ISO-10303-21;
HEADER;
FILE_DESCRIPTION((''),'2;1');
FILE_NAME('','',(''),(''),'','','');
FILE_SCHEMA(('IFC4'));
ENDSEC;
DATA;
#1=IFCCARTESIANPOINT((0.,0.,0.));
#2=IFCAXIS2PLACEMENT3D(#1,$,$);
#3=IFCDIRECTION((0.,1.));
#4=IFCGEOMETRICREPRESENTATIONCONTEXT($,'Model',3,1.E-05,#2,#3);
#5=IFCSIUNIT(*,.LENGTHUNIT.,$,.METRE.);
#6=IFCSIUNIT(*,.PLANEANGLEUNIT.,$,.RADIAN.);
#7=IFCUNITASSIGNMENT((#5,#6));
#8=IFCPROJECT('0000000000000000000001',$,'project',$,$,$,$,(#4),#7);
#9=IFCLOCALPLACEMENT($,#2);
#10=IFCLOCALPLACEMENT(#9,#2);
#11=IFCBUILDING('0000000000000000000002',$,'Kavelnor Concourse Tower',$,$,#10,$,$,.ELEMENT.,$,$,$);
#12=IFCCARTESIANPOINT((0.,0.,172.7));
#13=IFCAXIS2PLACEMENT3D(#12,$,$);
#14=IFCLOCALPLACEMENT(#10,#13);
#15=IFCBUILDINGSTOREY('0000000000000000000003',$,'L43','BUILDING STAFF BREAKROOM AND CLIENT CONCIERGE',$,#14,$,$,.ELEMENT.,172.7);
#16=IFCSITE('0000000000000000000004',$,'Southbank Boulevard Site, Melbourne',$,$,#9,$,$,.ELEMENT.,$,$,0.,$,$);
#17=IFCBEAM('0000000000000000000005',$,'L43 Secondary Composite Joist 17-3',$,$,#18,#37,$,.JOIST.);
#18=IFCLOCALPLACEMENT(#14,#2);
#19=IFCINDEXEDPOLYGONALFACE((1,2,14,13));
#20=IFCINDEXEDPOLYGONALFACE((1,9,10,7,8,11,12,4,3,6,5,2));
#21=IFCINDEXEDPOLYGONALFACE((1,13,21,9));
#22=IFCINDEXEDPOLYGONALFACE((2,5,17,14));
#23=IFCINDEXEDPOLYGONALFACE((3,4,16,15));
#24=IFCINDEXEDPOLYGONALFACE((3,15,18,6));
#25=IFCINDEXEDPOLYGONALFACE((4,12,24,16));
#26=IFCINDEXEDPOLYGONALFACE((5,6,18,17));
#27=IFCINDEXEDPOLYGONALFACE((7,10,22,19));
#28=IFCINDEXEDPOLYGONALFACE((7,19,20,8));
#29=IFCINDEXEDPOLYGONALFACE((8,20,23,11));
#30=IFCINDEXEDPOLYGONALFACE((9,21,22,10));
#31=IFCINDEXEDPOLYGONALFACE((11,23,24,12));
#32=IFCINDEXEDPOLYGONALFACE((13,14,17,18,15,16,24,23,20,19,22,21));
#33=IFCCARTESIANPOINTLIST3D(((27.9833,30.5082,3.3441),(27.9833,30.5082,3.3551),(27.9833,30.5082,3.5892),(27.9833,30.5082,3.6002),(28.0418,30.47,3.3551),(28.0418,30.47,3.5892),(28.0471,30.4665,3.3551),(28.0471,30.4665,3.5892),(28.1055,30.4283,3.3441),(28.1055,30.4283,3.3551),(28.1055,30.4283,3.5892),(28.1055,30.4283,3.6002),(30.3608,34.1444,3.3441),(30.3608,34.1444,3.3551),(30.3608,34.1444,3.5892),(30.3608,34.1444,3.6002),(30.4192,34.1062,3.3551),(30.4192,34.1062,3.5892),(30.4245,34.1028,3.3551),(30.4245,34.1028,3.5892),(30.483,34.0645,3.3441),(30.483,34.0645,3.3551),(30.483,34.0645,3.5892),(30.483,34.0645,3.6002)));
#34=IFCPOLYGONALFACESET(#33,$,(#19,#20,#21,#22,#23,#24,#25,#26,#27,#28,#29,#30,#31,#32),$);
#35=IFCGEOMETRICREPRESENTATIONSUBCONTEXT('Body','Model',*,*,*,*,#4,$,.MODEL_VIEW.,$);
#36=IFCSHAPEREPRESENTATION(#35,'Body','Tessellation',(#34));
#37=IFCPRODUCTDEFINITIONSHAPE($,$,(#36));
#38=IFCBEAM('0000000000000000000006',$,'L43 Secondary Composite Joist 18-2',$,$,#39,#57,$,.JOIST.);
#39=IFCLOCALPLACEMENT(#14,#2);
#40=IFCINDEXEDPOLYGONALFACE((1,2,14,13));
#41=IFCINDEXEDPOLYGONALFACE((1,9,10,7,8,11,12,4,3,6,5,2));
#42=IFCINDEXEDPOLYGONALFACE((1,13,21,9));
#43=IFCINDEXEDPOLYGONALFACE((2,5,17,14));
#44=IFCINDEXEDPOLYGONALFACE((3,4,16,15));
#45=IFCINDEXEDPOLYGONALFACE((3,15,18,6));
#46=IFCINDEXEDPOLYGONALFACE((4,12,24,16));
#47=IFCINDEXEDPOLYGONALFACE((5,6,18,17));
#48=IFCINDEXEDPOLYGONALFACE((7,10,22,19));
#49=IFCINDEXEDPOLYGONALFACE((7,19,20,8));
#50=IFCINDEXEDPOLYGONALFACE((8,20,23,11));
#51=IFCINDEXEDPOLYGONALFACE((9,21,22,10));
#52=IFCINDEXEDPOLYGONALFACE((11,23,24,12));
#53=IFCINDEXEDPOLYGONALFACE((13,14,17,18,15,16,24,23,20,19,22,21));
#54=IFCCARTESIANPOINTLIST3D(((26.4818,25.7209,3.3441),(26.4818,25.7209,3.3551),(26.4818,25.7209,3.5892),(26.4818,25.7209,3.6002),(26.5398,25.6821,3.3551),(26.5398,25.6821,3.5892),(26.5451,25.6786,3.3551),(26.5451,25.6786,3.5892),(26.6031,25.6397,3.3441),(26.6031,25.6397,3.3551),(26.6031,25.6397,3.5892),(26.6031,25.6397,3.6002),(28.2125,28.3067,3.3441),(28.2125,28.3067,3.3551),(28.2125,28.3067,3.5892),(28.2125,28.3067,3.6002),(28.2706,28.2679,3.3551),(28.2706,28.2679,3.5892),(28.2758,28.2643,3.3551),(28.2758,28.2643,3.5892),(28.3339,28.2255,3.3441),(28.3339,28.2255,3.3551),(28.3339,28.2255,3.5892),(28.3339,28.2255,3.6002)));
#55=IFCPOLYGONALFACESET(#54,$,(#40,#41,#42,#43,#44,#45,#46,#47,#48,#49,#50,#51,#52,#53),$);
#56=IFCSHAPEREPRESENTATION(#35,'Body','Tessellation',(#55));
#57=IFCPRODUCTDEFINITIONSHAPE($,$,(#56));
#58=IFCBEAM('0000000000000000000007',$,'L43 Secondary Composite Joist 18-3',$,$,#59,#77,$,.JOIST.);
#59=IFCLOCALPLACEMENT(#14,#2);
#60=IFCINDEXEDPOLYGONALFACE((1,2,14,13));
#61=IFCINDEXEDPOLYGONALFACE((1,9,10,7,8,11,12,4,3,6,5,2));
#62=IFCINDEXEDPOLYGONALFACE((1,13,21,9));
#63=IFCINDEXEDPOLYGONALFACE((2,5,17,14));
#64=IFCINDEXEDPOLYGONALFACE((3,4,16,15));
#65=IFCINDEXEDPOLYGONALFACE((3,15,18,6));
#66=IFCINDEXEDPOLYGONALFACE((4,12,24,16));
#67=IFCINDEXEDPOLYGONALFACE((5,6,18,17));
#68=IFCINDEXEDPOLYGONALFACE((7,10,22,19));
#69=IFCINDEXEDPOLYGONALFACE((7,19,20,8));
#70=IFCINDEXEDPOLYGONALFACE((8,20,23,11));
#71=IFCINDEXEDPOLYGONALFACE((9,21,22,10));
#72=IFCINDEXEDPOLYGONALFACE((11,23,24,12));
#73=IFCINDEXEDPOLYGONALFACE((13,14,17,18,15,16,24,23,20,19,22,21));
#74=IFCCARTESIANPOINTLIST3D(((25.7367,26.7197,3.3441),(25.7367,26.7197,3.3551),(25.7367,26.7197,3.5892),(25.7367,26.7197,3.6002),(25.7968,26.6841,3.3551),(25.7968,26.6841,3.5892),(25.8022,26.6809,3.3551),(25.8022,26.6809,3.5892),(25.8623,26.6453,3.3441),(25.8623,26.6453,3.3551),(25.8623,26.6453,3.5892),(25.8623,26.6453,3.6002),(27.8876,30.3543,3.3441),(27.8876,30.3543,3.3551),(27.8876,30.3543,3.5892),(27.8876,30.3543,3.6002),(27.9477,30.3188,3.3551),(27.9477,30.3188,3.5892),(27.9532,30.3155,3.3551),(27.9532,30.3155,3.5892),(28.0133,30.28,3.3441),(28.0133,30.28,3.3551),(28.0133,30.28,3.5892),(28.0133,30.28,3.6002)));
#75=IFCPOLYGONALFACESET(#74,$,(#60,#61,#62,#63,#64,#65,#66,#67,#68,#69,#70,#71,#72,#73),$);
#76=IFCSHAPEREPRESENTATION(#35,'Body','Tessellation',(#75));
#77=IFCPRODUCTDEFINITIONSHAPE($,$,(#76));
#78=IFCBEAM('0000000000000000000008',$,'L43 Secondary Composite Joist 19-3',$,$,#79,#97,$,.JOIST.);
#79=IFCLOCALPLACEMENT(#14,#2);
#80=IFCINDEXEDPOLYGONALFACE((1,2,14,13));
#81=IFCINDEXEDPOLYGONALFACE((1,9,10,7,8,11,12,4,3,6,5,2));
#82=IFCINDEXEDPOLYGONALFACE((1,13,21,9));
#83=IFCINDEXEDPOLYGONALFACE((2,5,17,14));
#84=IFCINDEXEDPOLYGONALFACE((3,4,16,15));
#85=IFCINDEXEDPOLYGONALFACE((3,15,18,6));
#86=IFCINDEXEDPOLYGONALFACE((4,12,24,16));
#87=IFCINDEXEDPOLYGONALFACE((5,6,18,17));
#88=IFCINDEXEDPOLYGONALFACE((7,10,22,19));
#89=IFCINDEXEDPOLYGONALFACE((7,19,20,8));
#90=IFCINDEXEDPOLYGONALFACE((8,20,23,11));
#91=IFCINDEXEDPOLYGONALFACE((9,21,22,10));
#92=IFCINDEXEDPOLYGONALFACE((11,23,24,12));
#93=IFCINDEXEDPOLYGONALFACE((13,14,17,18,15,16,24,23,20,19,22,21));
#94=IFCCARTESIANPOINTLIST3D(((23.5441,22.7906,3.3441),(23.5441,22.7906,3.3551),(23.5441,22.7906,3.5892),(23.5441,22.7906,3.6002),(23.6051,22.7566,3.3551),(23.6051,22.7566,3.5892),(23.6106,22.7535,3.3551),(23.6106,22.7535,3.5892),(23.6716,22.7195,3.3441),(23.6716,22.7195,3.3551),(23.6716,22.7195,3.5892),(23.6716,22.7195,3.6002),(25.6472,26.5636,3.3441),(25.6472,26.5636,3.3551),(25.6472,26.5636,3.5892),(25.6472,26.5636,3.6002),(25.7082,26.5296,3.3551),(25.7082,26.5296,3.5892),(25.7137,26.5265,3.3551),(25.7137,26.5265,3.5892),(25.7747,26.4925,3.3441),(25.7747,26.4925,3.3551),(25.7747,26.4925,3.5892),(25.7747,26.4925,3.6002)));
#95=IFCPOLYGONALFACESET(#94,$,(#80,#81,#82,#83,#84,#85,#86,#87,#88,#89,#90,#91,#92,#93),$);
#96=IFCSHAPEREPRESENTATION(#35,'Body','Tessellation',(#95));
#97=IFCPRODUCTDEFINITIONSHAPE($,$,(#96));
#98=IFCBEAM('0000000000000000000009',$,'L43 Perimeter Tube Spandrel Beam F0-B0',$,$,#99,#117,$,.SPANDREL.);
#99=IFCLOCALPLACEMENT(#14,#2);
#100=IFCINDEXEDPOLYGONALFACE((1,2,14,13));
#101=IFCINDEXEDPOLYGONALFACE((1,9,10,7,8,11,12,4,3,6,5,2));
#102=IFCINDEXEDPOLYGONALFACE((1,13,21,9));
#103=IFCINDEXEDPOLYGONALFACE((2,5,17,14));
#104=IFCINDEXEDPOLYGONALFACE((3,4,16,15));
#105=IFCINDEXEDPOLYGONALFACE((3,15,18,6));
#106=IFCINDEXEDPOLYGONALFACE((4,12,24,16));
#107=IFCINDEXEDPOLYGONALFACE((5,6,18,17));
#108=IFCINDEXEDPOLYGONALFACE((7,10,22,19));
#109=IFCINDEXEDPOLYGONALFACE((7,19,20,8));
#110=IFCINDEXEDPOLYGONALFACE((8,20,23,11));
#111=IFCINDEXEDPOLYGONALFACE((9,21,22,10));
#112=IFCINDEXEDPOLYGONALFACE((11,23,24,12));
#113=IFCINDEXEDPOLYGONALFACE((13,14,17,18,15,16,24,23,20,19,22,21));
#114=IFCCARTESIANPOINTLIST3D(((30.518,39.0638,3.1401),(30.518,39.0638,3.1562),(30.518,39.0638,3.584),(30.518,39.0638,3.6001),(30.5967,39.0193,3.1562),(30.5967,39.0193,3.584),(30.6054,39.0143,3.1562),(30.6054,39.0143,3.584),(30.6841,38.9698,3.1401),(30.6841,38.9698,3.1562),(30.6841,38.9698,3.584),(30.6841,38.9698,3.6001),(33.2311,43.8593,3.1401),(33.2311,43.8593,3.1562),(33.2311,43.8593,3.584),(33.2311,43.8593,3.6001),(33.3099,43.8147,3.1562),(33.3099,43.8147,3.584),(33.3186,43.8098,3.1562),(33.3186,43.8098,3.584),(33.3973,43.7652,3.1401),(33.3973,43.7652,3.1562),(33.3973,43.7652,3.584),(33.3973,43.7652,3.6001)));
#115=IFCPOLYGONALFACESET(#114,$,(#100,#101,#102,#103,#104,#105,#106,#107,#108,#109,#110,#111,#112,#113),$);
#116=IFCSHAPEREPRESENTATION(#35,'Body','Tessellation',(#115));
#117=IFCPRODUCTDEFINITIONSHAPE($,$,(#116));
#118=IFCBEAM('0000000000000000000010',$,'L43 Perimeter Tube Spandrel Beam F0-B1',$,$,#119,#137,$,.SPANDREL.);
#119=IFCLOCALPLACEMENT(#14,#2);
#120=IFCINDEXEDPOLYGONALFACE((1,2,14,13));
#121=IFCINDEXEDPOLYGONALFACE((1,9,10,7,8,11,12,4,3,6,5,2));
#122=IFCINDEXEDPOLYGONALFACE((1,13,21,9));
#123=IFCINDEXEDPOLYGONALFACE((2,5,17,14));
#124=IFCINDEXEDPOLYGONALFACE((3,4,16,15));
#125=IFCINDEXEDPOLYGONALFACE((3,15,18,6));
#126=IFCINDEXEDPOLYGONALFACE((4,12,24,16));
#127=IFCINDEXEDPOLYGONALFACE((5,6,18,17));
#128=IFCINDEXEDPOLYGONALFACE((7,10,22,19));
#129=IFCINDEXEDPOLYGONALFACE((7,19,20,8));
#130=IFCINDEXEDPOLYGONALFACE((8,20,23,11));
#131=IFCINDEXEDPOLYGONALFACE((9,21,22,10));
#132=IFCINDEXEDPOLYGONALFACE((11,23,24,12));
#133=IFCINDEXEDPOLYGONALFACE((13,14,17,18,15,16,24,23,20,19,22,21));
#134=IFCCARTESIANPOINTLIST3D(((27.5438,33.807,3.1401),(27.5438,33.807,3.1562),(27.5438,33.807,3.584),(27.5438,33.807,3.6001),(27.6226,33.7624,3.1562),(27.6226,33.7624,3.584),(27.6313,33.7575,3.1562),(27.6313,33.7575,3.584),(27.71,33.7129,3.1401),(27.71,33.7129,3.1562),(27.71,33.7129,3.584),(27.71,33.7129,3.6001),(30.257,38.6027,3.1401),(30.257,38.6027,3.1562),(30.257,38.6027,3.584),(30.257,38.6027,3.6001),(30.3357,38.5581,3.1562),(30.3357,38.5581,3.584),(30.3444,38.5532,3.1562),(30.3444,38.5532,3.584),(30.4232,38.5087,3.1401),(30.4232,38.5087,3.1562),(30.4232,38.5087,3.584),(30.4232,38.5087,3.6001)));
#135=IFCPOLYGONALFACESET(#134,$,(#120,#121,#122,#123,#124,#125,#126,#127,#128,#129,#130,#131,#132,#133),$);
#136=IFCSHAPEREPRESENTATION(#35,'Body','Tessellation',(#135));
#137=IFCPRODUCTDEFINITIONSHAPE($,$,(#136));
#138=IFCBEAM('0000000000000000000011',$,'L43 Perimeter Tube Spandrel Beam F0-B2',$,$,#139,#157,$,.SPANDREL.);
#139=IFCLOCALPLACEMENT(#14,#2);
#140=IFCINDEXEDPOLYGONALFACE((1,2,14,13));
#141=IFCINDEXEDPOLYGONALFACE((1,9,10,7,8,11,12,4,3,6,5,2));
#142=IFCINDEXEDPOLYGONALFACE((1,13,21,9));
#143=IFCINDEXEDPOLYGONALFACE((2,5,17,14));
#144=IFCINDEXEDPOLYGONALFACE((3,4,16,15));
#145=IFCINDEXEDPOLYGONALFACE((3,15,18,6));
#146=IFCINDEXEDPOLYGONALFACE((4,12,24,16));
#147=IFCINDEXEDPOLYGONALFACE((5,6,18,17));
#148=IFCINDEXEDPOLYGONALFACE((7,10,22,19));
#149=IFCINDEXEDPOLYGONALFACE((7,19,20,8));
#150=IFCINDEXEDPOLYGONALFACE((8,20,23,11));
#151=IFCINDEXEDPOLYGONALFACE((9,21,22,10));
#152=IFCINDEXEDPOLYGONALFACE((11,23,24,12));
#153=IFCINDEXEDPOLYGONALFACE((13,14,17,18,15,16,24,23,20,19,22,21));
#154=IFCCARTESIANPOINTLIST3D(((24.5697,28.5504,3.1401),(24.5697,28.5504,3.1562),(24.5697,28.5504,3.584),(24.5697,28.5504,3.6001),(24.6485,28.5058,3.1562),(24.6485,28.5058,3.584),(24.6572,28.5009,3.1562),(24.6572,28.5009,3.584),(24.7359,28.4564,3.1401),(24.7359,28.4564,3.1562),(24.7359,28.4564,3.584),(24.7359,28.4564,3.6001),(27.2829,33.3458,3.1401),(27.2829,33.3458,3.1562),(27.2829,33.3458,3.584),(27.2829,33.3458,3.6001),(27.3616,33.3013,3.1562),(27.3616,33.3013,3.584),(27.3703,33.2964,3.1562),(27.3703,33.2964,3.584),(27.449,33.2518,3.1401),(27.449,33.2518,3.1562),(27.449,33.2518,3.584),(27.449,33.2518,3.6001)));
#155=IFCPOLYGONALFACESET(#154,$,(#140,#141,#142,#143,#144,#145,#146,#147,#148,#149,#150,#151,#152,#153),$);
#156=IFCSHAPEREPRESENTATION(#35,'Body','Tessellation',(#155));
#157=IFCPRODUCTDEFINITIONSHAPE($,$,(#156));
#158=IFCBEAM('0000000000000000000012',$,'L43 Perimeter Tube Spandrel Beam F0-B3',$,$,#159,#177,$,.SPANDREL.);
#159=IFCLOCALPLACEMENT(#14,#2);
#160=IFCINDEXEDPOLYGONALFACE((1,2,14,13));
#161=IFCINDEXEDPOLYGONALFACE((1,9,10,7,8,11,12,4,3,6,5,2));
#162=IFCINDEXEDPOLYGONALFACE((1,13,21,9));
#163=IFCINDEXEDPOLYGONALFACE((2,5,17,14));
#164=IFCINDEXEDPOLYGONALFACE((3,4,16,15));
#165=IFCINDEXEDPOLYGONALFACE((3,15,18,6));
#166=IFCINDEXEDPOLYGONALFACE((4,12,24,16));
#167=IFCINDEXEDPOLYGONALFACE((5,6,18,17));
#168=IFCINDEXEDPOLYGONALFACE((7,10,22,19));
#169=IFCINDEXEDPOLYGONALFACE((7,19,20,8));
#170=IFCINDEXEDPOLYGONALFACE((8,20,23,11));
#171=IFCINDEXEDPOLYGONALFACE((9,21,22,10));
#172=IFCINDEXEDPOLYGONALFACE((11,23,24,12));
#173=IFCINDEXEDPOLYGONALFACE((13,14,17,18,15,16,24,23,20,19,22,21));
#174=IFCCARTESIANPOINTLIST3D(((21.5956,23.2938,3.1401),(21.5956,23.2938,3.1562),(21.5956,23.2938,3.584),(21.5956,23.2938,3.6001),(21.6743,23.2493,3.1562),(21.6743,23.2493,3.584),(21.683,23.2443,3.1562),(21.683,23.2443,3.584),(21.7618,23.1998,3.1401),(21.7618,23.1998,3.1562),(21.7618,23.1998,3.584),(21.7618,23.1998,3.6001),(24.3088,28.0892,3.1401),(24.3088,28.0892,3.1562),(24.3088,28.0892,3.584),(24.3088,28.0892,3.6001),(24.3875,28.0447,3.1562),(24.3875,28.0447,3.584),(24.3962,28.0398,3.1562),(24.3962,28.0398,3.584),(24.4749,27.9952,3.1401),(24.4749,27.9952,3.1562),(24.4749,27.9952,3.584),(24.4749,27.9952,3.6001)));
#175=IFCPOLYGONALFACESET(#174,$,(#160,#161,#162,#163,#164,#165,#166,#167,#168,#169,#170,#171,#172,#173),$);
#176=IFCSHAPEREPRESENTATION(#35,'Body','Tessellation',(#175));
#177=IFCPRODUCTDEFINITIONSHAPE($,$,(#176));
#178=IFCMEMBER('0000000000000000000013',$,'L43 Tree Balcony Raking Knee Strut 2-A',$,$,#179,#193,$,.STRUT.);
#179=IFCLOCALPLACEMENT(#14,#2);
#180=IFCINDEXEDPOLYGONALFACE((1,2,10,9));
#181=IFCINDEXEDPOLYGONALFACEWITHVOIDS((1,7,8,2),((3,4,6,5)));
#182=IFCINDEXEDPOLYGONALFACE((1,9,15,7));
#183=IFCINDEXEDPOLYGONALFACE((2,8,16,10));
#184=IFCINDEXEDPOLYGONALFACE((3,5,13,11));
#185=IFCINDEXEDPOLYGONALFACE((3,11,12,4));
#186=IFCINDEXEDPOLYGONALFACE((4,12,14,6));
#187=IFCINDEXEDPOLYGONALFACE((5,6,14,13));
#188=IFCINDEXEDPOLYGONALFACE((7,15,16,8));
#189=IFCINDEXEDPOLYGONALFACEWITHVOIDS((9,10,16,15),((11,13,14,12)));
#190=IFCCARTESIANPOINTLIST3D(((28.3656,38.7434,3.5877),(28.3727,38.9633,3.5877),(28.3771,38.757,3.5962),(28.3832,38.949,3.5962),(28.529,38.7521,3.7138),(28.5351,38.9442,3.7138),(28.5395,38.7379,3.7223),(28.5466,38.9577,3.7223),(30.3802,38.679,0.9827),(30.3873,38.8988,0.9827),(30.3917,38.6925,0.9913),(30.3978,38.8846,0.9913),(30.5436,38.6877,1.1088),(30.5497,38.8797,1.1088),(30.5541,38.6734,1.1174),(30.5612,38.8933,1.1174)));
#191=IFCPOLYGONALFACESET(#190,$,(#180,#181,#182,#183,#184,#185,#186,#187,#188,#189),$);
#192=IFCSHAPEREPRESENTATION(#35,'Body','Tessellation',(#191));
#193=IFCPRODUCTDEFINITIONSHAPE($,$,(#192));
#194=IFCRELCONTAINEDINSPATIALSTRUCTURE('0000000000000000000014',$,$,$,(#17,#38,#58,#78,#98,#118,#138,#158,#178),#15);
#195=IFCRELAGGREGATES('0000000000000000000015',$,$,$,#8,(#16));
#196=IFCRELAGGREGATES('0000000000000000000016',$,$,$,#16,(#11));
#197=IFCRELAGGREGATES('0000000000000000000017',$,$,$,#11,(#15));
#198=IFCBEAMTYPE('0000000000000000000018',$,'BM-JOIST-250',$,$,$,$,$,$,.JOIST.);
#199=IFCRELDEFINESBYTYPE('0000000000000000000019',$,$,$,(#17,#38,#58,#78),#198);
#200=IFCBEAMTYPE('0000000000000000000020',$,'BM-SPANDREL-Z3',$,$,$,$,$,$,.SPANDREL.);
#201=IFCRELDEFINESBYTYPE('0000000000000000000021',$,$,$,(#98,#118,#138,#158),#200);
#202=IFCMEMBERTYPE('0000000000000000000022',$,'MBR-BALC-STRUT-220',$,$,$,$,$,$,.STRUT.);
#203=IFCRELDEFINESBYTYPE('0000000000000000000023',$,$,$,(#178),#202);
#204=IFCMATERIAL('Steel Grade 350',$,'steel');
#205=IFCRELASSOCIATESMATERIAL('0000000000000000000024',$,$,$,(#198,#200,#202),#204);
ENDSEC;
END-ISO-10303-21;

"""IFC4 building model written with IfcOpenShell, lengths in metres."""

from ifc_helpers import new_model, si_unit, direction, frame, origin, origin_2d, place, context, subcontext, project, spatial, hollow_rectangle, i_section, extrude, material, material_profile, profile_set, type_object, element, save


model = new_model("IFC4")

# Units and contexts
model_context = context("Model", 3, precision=1e-05, world=origin(), true_north=direction((0.0, 1.0)))
body_context = subcontext(model_context, "Body", "Model", "MODEL_VIEW")
ifc_project = project(units=[si_unit("LENGTHUNIT", "METRE"), si_unit("PLANEANGLEUNIT", "RADIAN")], contexts=[model_context])

# Site, building, storey
site_placement = place(None, origin())
site = spatial("IfcSite", under=ifc_project, at=site_placement, Name="Southbank Boulevard Site, Melbourne", CompositionType="ELEMENT", RefElevation=0.0)
building_placement = place(site_placement, origin())
building = spatial("IfcBuilding", under=site, at=building_placement, Name="Kavelnor Concourse Tower", CompositionType="ELEMENT")
storey_placement = place(building_placement, frame((0.0, 0.0, 172.7)))
storey = spatial("IfcBuildingStorey", under=building, at=storey_placement, Name="L43", Description="BUILDING STAFF BREAKROOM AND CLIENT CONCIERGE", CompositionType="ELEMENT", Elevation=172.7)

# Shared definitions
ifc_material_1 = material(Name="Steel Grade 350", Category="steel")

# Beams
ifc_material_profile_1 = material_profile(ifc_material_1, i_section(OverallWidth=0.146, OverallDepth=0.2561, WebThickness=0.0063, FlangeThickness=0.011, at=origin_2d()), Name="250UB37")
ifc_profile_set_1 = profile_set([ifc_material_profile_1], Name="Steel Grade 350")
beam_type_1 = type_object("IfcBeamType", Name="BM-JOIST-250", PredefinedType="JOIST", material=ifc_profile_set_1)
beam_1_placement = place(storey_placement, frame((30.4219, 34.1045, 3.4722), z_axis=(-0.547234, -0.83698, 0.0), x_axis=(0.83698, -0.547234, 0.0)))
element("IfcBeam", 1, at=beam_1_placement, inside=storey, type_object=beam_type_1, Name="L43 Secondary Composite Joist 17-3", PredefinedType="JOIST", context=body_context, shape_type="SweptSolid", body=[
    extrude(i_section(OverallWidth=0.146, OverallDepth=0.2561, WebThickness=0.0063, FlangeThickness=0.011, at=origin_2d()), origin(), (0.0, 0.0, 1.0), 4.3445),
])
beam_2_placement = place(storey_placement, frame((28.2732, 28.2661, 3.4722), z_axis=(-0.556238, -0.831023, 0.0), x_axis=(0.831023, -0.556238, 0.0)))
element("IfcBeam", 2, at=beam_2_placement, inside=storey, type_object=beam_type_1, Name="L43 Secondary Composite Joist 18-2", PredefinedType="JOIST", context=body_context, shape_type="SweptSolid", body=[
    extrude(i_section(OverallWidth=0.146, OverallDepth=0.2561, WebThickness=0.0063, FlangeThickness=0.011, at=origin_2d()), origin(), (0.0, 0.0, 1.0), 3.1116),
])
beam_3_placement = place(storey_placement, frame((27.9504, 30.3171, 3.4722), z_axis=(-0.509292, -0.860594, 0.0), x_axis=(0.860594, -0.509292, 0.0)))
element("IfcBeam", 3, at=beam_3_placement, inside=storey, type_object=beam_type_1, Name="L43 Secondary Composite Joist 18-3", PredefinedType="JOIST", context=body_context, shape_type="SweptSolid", body=[
    extrude(i_section(OverallWidth=0.146, OverallDepth=0.2561, WebThickness=0.0063, FlangeThickness=0.011, at=origin_2d()), origin(), (0.0, 0.0, 1.0), 4.2234),
])
beam_4_placement = place(storey_placement, frame((25.7109, 26.5281, 3.4722), z_axis=(-0.486871, -0.873474, 0.0), x_axis=(0.873474, -0.486871, 0.0)))
element("IfcBeam", 4, at=beam_4_placement, inside=storey, type_object=beam_type_1, Name="L43 Secondary Composite Joist 19-3", PredefinedType="JOIST", context=body_context, shape_type="SweptSolid", body=[
    extrude(i_section(OverallWidth=0.146, OverallDepth=0.2561, WebThickness=0.0063, FlangeThickness=0.011, at=origin_2d()), origin(), (0.0, 0.0, 1.0), 4.3196),
])
ifc_material_profile_2 = material_profile(ifc_material_1, i_section(OverallWidth=0.1909, OverallDepth=0.46, WebThickness=0.01, FlangeThickness=0.0161, at=origin_2d()), Name="460UB82")
ifc_profile_set_2 = profile_set([ifc_material_profile_2], Name="Steel Grade 350")
beam_type_2 = type_object("IfcBeamType", Name="BM-SPANDREL-Z3", PredefinedType="SPANDREL", material=ifc_profile_set_2)
beam_5_placement = place(storey_placement, frame((33.3142, 43.8123, 3.3701), z_axis=(-0.492427, -0.870354, 0.0), x_axis=(0.870354, -0.492427, 0.0)))
element("IfcBeam", 5, at=beam_5_placement, inside=storey, type_object=beam_type_2, Name="L43 Perimeter Tube Spandrel Beam F0-B0", PredefinedType="SPANDREL", context=body_context, shape_type="SweptSolid", body=[
    extrude(i_section(OverallWidth=0.1909, OverallDepth=0.46, WebThickness=0.01, FlangeThickness=0.0161, at=origin_2d()), origin(), (0.0, 0.0, 1.0), 5.5098),
])
beam_6_placement = place(storey_placement, frame((30.3401, 38.5557, 3.3701), z_axis=(-0.492408, -0.870365, 0.0), x_axis=(0.870365, -0.492408, 0.0)))
element("IfcBeam", 6, at=beam_6_placement, inside=storey, type_object=beam_type_2, Name="L43 Perimeter Tube Spandrel Beam F0-B1", PredefinedType="SPANDREL", context=body_context, shape_type="SweptSolid", body=[
    extrude(i_section(OverallWidth=0.1909, OverallDepth=0.46, WebThickness=0.01, FlangeThickness=0.0161, at=origin_2d()), origin(), (0.0, 0.0, 1.0), 5.51),
])
for number, where, z_axis, x_axis, name in (
    (7, (27.366, 33.2988, 3.3701), (-0.492427, -0.870354, 0.0), (0.870354, -0.492427, 0.0), "L43 Perimeter Tube Spandrel Beam F0-B2"),
    (8, (24.3918, 28.0422, 3.3701), (-0.492427, -0.870354, 0.0), (0.870354, -0.492427, 0.0), "L43 Perimeter Tube Spandrel Beam F0-B3"),
):
    element("IfcBeam", number, at=place(storey_placement, frame(where, z_axis=z_axis, x_axis=x_axis)), inside=storey, type_object=beam_type_2, Name=name, PredefinedType="SPANDREL", context=body_context, shape_type="SweptSolid", body=[
        extrude(i_section(OverallWidth=0.1909, OverallDepth=0.46, WebThickness=0.01, FlangeThickness=0.0161, at=origin_2d()), origin(), (0.0, 0.0, 1.0), 5.5098),
    ])

# Member
ifc_material_profile_3 = material_profile(ifc_material_1, hollow_rectangle(XDim=0.22, YDim=0.22, WallThickness=0.0139, at=origin_2d()), Name="SHS 220x220x14")
ifc_profile_set_3 = profile_set([ifc_material_profile_3], Name="Steel Grade 350")
member_type_1 = type_object("IfcMemberType", Name="MBR-BALC-STRUT-220", PredefinedType="STRUT", material=ifc_profile_set_3)
member_1_placement = place(storey_placement, frame((30.4707, 38.7861, 1.05), z_axis=(-0.611655, 0.019568, 0.790882), x_axis=(-0.031976, -0.999489, 0.0)))
element("IfcMember", 9, at=member_1_placement, inside=storey, type_object=member_type_1, Name="L43 Tree Balcony Raking Knee Strut 2-A", PredefinedType="STRUT", context=body_context, shape_type="SweptSolid", body=[
    extrude(hollow_rectangle(XDim=0.22, YDim=0.22, WallThickness=0.0139, at=origin_2d()), origin(), (0.0, 0.0, 1.0), 3.2937),
])

save(model, "model.ifc")
